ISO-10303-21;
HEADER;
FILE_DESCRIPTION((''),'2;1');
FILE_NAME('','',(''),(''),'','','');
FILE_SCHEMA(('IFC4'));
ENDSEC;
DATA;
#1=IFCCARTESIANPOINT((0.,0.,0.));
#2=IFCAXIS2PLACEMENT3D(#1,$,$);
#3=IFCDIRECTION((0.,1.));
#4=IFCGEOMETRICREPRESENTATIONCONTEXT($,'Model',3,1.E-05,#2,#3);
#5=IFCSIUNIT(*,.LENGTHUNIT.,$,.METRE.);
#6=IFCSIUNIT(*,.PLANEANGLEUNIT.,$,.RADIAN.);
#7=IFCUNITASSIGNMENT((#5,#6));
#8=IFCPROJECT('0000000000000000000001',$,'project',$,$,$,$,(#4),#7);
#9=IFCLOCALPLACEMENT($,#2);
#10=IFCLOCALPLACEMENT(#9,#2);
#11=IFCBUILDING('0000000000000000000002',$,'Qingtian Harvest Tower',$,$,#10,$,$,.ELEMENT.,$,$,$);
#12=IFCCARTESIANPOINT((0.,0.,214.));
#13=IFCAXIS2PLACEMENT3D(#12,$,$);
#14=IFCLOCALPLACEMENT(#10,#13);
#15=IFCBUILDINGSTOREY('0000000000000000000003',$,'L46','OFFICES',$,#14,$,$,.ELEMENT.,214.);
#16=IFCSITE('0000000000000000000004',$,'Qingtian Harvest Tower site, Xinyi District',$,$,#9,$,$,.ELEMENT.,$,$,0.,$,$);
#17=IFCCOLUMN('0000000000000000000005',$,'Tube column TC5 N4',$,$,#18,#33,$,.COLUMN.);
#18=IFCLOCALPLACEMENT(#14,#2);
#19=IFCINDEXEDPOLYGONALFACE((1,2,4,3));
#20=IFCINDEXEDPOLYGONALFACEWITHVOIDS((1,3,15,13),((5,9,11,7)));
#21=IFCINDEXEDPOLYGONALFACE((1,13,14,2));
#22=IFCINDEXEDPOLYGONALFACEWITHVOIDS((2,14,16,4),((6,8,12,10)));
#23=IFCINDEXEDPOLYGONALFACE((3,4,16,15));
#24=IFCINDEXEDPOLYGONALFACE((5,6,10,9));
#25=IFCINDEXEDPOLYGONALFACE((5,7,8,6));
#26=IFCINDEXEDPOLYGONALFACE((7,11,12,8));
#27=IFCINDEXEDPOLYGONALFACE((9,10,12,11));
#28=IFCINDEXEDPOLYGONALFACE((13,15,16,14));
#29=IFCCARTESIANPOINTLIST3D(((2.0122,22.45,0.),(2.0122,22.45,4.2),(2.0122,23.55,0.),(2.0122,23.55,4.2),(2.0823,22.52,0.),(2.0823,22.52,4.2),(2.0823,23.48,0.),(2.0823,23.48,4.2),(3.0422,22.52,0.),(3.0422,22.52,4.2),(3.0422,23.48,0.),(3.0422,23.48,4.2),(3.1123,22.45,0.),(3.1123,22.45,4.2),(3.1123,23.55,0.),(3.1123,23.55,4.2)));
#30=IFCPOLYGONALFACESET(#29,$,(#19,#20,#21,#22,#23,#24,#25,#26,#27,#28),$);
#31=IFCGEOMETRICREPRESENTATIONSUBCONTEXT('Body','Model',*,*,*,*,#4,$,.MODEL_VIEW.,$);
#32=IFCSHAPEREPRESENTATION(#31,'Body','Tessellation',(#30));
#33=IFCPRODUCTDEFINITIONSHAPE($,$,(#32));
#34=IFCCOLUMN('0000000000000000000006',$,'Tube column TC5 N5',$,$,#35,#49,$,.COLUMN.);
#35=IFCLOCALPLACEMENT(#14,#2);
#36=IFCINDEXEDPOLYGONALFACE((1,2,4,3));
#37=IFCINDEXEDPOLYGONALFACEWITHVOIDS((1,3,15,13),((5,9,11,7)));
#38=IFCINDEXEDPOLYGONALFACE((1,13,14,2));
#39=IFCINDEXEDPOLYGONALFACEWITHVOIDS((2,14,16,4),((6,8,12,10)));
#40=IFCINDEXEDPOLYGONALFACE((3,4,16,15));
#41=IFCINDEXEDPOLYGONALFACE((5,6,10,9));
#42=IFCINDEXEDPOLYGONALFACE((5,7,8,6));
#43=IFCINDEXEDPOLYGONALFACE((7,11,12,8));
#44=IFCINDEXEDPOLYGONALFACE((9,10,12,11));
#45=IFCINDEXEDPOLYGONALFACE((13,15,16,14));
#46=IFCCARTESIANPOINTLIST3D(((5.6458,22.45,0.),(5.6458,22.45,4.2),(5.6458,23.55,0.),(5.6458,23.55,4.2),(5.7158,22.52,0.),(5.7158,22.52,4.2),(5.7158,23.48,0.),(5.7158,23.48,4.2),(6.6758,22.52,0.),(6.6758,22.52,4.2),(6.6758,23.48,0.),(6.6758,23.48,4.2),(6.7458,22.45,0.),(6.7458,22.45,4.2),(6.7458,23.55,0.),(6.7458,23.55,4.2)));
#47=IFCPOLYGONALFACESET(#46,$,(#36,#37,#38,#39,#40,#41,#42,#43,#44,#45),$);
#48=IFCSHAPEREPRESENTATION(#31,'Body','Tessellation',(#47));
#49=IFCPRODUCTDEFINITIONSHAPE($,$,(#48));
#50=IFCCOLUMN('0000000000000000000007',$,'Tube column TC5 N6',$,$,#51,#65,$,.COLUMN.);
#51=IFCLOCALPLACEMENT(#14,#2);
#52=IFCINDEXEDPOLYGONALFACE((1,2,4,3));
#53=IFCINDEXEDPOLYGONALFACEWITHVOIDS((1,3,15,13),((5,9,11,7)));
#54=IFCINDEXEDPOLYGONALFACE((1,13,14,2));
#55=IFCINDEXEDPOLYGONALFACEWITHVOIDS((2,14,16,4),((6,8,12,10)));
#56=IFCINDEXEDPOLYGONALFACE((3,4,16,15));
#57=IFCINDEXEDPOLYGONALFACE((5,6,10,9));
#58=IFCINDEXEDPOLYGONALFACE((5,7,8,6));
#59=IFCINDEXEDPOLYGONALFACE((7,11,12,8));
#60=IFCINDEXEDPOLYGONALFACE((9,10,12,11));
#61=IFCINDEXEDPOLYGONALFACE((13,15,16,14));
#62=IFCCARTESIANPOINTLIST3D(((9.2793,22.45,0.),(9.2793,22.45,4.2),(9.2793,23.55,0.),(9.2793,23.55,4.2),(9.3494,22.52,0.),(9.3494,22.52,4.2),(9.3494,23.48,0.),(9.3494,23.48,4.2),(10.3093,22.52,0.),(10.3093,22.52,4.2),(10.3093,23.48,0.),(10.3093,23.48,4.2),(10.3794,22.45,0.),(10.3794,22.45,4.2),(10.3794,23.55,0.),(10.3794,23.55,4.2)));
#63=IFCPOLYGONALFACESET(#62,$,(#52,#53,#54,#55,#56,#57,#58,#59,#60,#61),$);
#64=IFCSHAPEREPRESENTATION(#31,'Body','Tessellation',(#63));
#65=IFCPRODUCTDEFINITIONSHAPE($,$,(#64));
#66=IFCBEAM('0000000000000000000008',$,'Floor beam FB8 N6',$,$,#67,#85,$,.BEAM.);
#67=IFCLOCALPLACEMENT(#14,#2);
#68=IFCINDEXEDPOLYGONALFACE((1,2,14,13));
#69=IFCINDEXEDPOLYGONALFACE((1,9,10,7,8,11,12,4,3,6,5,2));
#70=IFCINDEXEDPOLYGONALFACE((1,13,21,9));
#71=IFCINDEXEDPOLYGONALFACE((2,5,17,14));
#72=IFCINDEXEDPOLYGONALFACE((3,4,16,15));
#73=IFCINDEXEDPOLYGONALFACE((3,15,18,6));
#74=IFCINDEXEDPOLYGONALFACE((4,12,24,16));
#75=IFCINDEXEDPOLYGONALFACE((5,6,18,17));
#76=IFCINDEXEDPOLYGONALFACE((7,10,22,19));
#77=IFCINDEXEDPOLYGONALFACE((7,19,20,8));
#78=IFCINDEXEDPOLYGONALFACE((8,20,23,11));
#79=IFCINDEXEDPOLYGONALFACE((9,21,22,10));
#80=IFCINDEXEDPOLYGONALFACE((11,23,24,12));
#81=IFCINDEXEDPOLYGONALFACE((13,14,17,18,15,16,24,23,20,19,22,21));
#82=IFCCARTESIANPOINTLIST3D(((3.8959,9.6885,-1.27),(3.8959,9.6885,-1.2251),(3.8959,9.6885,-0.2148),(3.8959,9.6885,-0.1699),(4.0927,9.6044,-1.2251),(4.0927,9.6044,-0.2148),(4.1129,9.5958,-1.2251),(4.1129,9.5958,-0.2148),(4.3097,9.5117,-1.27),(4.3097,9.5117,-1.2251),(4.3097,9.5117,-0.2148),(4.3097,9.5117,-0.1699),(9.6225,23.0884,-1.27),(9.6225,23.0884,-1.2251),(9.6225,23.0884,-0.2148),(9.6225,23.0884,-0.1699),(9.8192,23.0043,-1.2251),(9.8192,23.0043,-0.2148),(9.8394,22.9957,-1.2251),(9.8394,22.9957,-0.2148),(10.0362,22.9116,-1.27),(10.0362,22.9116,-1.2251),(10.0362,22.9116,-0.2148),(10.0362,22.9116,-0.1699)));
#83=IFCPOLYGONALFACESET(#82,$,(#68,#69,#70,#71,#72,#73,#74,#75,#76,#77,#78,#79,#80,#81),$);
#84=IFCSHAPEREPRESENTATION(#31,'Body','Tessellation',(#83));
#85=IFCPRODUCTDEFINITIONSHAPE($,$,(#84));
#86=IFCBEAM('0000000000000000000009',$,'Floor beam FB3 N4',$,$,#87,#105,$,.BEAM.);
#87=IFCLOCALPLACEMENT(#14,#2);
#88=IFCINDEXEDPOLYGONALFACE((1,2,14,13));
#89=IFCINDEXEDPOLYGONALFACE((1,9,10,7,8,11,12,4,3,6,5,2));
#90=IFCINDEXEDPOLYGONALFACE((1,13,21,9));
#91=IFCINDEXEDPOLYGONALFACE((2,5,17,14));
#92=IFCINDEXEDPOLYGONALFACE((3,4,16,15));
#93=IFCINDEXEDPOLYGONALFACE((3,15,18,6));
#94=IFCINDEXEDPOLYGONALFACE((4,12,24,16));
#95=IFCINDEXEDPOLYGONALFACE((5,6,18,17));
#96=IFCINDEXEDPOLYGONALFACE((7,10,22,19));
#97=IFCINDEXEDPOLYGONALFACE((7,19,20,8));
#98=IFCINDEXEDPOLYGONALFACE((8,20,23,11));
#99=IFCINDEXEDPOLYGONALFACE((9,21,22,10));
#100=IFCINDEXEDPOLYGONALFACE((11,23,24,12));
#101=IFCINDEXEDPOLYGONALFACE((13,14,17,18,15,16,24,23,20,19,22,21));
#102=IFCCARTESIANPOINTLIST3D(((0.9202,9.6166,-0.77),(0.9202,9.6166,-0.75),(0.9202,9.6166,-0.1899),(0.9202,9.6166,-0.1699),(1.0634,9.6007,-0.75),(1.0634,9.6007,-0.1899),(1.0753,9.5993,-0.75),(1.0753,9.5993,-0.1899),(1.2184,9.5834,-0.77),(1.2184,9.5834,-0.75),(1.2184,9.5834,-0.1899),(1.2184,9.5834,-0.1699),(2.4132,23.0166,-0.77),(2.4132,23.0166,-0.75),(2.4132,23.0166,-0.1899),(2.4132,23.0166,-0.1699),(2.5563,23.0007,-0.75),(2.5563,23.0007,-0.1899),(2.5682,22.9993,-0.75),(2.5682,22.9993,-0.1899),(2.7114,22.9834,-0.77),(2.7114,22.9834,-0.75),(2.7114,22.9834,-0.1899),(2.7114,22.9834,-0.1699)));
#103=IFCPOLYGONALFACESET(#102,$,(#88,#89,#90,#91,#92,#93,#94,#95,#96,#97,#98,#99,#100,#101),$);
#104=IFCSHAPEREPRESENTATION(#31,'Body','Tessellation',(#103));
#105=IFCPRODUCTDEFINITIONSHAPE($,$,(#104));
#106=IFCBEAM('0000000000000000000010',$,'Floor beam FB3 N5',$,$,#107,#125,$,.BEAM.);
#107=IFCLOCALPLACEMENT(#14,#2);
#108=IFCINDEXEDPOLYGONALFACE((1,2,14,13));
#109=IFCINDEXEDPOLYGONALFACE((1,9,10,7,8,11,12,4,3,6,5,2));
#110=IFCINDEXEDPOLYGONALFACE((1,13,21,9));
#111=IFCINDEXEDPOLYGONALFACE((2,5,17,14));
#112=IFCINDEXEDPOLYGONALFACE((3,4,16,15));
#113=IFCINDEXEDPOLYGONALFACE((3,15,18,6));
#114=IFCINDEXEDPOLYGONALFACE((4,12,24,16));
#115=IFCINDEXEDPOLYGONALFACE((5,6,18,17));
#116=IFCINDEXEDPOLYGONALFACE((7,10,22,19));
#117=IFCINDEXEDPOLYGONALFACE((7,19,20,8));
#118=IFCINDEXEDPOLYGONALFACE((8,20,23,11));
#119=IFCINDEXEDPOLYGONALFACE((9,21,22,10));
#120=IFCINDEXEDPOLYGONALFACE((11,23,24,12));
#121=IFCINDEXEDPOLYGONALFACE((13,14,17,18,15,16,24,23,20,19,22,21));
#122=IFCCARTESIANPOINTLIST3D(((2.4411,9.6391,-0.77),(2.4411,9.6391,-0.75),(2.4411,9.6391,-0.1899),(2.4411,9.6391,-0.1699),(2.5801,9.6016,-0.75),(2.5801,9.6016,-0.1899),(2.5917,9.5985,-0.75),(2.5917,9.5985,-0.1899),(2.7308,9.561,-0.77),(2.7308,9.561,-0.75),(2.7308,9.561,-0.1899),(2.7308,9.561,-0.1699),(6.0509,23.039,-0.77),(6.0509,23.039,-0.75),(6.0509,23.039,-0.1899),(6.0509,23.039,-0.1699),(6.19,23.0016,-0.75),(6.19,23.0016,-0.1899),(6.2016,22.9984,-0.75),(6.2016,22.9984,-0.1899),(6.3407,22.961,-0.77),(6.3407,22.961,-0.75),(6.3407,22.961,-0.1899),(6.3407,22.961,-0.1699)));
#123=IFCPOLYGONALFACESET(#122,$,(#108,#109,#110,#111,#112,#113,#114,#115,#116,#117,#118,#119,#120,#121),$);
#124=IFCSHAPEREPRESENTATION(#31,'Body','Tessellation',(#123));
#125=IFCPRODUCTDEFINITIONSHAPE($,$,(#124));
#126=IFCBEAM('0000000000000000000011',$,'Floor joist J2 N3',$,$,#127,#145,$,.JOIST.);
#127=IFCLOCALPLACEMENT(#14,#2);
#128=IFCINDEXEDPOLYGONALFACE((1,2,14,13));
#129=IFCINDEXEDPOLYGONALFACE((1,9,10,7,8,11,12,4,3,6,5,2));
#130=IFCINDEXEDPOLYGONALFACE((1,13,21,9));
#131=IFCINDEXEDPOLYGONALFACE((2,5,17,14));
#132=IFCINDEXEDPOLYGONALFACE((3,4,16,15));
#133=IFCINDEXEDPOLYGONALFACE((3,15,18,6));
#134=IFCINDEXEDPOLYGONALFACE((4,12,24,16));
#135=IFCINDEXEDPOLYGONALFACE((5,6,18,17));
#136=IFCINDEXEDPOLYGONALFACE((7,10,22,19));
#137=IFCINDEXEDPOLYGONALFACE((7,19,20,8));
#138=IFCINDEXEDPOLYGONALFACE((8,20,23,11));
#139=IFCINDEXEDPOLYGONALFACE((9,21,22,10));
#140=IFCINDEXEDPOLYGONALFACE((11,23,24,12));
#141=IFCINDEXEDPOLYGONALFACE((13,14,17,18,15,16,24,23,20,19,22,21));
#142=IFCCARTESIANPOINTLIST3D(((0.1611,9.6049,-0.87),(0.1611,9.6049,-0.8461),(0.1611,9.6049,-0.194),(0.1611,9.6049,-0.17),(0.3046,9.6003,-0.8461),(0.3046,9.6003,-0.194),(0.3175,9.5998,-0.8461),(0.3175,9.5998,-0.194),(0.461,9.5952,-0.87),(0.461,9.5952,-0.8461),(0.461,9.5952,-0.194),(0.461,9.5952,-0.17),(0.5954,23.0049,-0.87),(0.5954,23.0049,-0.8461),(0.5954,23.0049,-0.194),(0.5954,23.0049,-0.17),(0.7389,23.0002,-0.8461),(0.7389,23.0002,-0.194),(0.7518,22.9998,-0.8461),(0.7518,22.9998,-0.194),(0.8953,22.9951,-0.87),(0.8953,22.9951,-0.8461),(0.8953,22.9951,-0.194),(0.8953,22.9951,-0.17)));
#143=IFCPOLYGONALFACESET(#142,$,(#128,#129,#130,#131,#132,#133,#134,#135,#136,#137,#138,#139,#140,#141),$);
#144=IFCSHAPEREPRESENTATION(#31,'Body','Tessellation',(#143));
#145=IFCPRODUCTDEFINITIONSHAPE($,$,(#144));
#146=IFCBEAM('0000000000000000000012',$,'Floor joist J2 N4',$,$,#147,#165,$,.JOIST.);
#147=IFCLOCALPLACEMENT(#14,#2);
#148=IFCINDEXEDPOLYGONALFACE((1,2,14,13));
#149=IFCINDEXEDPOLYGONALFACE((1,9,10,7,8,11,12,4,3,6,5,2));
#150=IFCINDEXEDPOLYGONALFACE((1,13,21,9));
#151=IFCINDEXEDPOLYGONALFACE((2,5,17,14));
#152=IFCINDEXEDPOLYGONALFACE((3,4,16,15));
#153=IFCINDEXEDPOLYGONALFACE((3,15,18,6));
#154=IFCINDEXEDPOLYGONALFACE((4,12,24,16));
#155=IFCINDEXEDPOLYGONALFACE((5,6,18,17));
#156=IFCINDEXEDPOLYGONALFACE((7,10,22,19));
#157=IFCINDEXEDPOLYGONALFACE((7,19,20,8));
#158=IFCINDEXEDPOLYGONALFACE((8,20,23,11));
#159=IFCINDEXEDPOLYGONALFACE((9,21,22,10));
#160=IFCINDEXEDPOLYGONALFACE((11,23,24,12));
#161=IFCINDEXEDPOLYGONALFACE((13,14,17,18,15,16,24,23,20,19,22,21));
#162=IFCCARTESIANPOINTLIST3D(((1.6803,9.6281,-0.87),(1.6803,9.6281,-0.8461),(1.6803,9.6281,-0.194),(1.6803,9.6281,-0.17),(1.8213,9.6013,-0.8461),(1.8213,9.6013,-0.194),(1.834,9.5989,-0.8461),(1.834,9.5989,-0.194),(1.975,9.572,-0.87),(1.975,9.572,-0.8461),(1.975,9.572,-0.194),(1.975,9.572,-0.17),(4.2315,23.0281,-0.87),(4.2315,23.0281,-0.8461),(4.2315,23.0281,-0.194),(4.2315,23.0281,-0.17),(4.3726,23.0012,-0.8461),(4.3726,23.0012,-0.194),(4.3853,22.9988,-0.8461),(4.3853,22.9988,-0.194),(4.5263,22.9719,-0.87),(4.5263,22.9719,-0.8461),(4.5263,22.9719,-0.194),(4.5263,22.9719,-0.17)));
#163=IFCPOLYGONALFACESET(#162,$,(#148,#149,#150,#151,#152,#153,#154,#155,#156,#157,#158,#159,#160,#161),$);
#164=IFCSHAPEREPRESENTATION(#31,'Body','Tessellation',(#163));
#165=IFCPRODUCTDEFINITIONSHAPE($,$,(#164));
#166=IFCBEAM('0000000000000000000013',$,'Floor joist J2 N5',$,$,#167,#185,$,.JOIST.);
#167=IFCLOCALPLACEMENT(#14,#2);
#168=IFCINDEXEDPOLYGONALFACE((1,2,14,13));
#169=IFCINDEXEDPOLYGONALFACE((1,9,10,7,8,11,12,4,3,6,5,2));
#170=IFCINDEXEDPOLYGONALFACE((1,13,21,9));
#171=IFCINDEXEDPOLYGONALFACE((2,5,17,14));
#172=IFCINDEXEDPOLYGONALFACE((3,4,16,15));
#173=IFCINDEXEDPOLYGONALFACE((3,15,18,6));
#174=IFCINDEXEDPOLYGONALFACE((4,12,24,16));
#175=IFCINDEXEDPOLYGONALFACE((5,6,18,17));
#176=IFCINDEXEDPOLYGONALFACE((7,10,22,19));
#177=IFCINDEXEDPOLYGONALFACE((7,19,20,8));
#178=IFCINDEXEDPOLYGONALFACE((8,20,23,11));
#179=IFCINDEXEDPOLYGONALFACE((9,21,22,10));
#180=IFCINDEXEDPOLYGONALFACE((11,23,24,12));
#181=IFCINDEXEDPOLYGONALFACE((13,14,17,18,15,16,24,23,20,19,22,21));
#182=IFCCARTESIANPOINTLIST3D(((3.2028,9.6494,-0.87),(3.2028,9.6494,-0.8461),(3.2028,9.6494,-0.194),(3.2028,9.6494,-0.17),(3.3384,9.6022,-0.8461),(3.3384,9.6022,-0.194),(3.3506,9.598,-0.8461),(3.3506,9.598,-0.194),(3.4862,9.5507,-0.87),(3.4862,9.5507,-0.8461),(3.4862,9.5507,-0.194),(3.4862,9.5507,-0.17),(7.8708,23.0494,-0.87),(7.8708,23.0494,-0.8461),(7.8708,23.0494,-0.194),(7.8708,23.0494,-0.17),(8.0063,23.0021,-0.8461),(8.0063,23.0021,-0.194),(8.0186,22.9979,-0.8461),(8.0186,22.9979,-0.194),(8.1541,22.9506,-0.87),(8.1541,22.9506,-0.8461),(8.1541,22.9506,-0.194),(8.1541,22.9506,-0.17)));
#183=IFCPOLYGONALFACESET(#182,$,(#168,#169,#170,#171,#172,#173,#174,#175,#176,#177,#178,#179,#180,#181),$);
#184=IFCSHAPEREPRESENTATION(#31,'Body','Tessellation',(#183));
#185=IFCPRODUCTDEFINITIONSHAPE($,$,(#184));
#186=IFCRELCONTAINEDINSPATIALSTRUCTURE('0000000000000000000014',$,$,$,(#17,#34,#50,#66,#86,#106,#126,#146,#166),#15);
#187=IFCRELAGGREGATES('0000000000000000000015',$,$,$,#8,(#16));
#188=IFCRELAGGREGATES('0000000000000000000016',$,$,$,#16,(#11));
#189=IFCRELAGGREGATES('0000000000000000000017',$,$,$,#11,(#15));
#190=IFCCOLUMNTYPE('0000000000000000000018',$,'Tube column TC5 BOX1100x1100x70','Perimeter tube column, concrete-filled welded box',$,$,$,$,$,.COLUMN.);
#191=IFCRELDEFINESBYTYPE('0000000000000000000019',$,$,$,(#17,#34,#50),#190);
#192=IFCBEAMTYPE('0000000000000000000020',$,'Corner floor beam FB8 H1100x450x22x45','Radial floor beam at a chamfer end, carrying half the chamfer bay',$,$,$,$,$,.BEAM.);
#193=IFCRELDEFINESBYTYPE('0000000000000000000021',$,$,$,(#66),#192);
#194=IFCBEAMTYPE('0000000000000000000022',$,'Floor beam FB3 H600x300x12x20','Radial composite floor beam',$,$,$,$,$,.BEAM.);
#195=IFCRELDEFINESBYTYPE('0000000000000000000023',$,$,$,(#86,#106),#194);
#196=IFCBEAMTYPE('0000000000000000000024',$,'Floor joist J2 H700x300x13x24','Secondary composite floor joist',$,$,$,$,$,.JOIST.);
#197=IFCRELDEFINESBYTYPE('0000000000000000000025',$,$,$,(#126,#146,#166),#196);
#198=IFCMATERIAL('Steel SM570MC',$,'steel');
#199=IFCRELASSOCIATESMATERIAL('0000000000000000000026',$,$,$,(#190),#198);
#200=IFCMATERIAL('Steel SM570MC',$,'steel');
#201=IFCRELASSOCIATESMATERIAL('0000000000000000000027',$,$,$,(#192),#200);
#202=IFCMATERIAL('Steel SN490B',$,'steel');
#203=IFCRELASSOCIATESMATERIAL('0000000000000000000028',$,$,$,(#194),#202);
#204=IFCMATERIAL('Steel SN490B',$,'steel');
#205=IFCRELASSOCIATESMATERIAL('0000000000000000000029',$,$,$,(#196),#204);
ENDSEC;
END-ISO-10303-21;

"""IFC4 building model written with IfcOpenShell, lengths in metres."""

from ifc_helpers import new_model, si_unit, direction, frame, origin, origin_2d, place, context, subcontext, project, spatial, hollow_rectangle, i_section, extrude, material, material_profile, profile_set, type_object, element, save


model = new_model("IFC4")

# Units and contexts
model_context = context("Model", 3, precision=1e-05, world=origin(), true_north=direction((0.0, 1.0)))
body_context = subcontext(model_context, "Body", "Model", "MODEL_VIEW")
ifc_project = project(units=[si_unit("LENGTHUNIT", "METRE"), si_unit("PLANEANGLEUNIT", "RADIAN")], contexts=[model_context])

# Site, building, storey
site_placement = place(None, origin())
site = spatial("IfcSite", under=ifc_project, at=site_placement, Name="Qingtian Harvest Tower site, Xinyi District", CompositionType="ELEMENT", RefElevation=0.0)
building_placement = place(site_placement, origin())
building = spatial("IfcBuilding", under=site, at=building_placement, Name="Qingtian Harvest Tower", CompositionType="ELEMENT")
storey_placement = place(building_placement, frame((0.0, 0.0, 214.0)))
storey = spatial("IfcBuildingStorey", under=building, at=storey_placement, Name="L46", Description="OFFICES", CompositionType="ELEMENT", Elevation=214.0)

# Columns
ifc_material_1 = material(Name="Steel SM570MC", Category="steel")
ifc_material_profile_1 = material_profile(ifc_material_1, hollow_rectangle(XDim=1.1001, YDim=1.1001, WallThickness=0.0701, at=origin_2d()), Name="BOX1100x1100x70")
ifc_profile_set_1 = profile_set([ifc_material_profile_1], Name="Steel SM570MC")
column_type = type_object("IfcColumnType", Name="Tube column TC5 BOX1100x1100x70", Description="Perimeter tube column, concrete-filled welded box", PredefinedType="COLUMN", material=ifc_profile_set_1)
for number, where, z_axis, x_axis, name in (
    (1, (2.5623, 23.0, 0.0), (0.0, 0.0, 1.0), (-1.0, 0.0, 0.0), "Tube column TC5 N4"),
    (2, (6.1958, 23.0, 0.0), (0.0, 0.0, 1.0), (-1.0, 0.0, 0.0), "Tube column TC5 N5"),
    (3, (9.8293, 23.0, 0.0), (0.0, 0.0, 1.0), (-1.0, 0.0, 0.0), "Tube column TC5 N6"),
):
    element("IfcColumn", number, at=place(storey_placement, frame(where, z_axis=z_axis, x_axis=x_axis)), inside=storey, type_object=column_type, Name=name, PredefinedType="COLUMN", context=body_context, shape_type="SweptSolid", body=[
        extrude(hollow_rectangle(XDim=1.1001, YDim=1.1001, WallThickness=0.0701, at=origin_2d()), origin(), (0.0, 0.0, 1.0), 4.2),
    ])

# Beams
ifc_material_2 = material(Name="Steel SM570MC", Category="steel")
ifc_material_profile_2 = material_profile(ifc_material_2, i_section(OverallWidth=0.45, OverallDepth=1.1001, WebThickness=0.022, FlangeThickness=0.0449, at=origin_2d()), Name="H1100x450x22x45")
ifc_profile_set_2 = profile_set([ifc_material_profile_2], Name="Steel SM570MC")
beam_type_1 = type_object("IfcBeamType", Name="Corner floor beam FB8 H1100x450x22x45", Description="Radial floor beam at a chamfer end, carrying half the chamfer bay", PredefinedType="BEAM", material=ifc_profile_set_2)
beam_1_placement = place(storey_placement, frame((9.8293, 23.0, -0.72), z_axis=(-0.392977, -0.919548, 0.0), x_axis=(0.919548, -0.392977, 0.0)))
element("IfcBeam", 4, at=beam_1_placement, inside=storey, type_object=beam_type_1, Name="Floor beam FB8 N6", PredefinedType="BEAM", context=body_context, shape_type="SweptSolid", body=[
    extrude(i_section(OverallWidth=0.45, OverallDepth=1.1001, WebThickness=0.022, FlangeThickness=0.0449, at=origin_2d()), origin(), (0.0, 0.0, 1.0), 14.5723),
])
ifc_material_3 = material(Name="Steel SN490B", Category="steel")
ifc_material_profile_3 = material_profile(ifc_material_3, i_section(OverallWidth=0.3, OverallDepth=0.6001, WebThickness=0.012, FlangeThickness=0.02, at=origin_2d()), Name="H600x300x12x20")
ifc_profile_set_3 = profile_set([ifc_material_profile_3], Name="Steel SN490B")
beam_type_2 = type_object("IfcBeamType", Name="Floor beam FB3 H600x300x12x20", Description="Radial composite floor beam", PredefinedType="BEAM", material=ifc_profile_set_3)
beam_2_placement = place(storey_placement, frame((2.5623, 23.0, -0.47), z_axis=(-0.110728, -0.993851, 0.0), x_axis=(0.993851, -0.110728, 0.0)))
element("IfcBeam", 5, at=beam_2_placement, inside=storey, type_object=beam_type_2, Name="Floor beam FB3 N4", PredefinedType="BEAM", context=body_context, shape_type="SweptSolid", body=[
    extrude(i_section(OverallWidth=0.3, OverallDepth=0.6001, WebThickness=0.012, FlangeThickness=0.02, at=origin_2d()), origin(), (0.0, 0.0, 1.0), 13.4829),
])
beam_3_placement = place(storey_placement, frame((6.1958, 23.0, -0.47), z_axis=(-0.260121, -0.965576, 0.0), x_axis=(0.965576, -0.260121, 0.0)))
element("IfcBeam", 6, at=beam_3_placement, inside=storey, type_object=beam_type_2, Name="Floor beam FB3 N5", PredefinedType="BEAM", context=body_context, shape_type="SweptSolid", body=[
    extrude(i_section(OverallWidth=0.3, OverallDepth=0.6001, WebThickness=0.012, FlangeThickness=0.02, at=origin_2d()), origin(), (0.0, 0.0, 1.0), 13.8777),
])
ifc_material_4 = material(Name="Steel SN490B", Category="steel")
ifc_material_profile_4 = material_profile(ifc_material_4, i_section(OverallWidth=0.3, OverallDepth=0.7, WebThickness=0.0129, FlangeThickness=0.0239, at=origin_2d()), Name="H700x300x13x24")
ifc_profile_set_4 = profile_set([ifc_material_profile_4], Name="Steel SN490B")
beam_type_3 = type_object("IfcBeamType", Name="Floor joist J2 H700x300x13x24", Description="Secondary composite floor joist", PredefinedType="JOIST", material=ifc_profile_set_4)
beam_4_placement = place(storey_placement, frame((0.7454, 23.0, -0.52), z_axis=(-0.032396, -0.999475, 0.0), x_axis=(0.999475, -0.032396, 0.0)))
element("IfcBeam", 7, at=beam_4_placement, inside=storey, type_object=beam_type_3, Name="Floor joist J2 N3", PredefinedType="JOIST", context=body_context, shape_type="SweptSolid", body=[
    extrude(i_section(OverallWidth=0.3, OverallDepth=0.7, WebThickness=0.0129, FlangeThickness=0.0239, at=origin_2d()), origin(), (0.0, 0.0, 1.0), 13.407),
])
beam_5_placement = place(storey_placement, frame((4.3789, 23.0, -0.52), z_axis=(-0.187035, -0.982353, 0.0), x_axis=(0.982353, -0.187035, 0.0)))
element("IfcBeam", 8, at=beam_5_placement, inside=storey, type_object=beam_type_3, Name="Floor joist J2 N4", PredefinedType="JOIST", context=body_context, shape_type="SweptSolid", body=[
    extrude(i_section(OverallWidth=0.3, OverallDepth=0.7, WebThickness=0.0129, FlangeThickness=0.0239, at=origin_2d()), origin(), (0.0, 0.0, 1.0), 13.6406),
])
beam_6_placement = place(storey_placement, frame((8.0125, 23.0, -0.52), z_axis=(-0.328969, -0.944341, 0.0), x_axis=(0.944341, -0.328969, 0.0)))
element("IfcBeam", 9, at=beam_6_placement, inside=storey, type_object=beam_type_3, Name="Floor joist J2 N5", PredefinedType="JOIST", context=body_context, shape_type="SweptSolid", body=[
    extrude(i_section(OverallWidth=0.3, OverallDepth=0.7, WebThickness=0.0129, FlangeThickness=0.0239, at=origin_2d()), origin(), (0.0, 0.0, 1.0), 14.1897),
])

save(model, "model.ifc")
